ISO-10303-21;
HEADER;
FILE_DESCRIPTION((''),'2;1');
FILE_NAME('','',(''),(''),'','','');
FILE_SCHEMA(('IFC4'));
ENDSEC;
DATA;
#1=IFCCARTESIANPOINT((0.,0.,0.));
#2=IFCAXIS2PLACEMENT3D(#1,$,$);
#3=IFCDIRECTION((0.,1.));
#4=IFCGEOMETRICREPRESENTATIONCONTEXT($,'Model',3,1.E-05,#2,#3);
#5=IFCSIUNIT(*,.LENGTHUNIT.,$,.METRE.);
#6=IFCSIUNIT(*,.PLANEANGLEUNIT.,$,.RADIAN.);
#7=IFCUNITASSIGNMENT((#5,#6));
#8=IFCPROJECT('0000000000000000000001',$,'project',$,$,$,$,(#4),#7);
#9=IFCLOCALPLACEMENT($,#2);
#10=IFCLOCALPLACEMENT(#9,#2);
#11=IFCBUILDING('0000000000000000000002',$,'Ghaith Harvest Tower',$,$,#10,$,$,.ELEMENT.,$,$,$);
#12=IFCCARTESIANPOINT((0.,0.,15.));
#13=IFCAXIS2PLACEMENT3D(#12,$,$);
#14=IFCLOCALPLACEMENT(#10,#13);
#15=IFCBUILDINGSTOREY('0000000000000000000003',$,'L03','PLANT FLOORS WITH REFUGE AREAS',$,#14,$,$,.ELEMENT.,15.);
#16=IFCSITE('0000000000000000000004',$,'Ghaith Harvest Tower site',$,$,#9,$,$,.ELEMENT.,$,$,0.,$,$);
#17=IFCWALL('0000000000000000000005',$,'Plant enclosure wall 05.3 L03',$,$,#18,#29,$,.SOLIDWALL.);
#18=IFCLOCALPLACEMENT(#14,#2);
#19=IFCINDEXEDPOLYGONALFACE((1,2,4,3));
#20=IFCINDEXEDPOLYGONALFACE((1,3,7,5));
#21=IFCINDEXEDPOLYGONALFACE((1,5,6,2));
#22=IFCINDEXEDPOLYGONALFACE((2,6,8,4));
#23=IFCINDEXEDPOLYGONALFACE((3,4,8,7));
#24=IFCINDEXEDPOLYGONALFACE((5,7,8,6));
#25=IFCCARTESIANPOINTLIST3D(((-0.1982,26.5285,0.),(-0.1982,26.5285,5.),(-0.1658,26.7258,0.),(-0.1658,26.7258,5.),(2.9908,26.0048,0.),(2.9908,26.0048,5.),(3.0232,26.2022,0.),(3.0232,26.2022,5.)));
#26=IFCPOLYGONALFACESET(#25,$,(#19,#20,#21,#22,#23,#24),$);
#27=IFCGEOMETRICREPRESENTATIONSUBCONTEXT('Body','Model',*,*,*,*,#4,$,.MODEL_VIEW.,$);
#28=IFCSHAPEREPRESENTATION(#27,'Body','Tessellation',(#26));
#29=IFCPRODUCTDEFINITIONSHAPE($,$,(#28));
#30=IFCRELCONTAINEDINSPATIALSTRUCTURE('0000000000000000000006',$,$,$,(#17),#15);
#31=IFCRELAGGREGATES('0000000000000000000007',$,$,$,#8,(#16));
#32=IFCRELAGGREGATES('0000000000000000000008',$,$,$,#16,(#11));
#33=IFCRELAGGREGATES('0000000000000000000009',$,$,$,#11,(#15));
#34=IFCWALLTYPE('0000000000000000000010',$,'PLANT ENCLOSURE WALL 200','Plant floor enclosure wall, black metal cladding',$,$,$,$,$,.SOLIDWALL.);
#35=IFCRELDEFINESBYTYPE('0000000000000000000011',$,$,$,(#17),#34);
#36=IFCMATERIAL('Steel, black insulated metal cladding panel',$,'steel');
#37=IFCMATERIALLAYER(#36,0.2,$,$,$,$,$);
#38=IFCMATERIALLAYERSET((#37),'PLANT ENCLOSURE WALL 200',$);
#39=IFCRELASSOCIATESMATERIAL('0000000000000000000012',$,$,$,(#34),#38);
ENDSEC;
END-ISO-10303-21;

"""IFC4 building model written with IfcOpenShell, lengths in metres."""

from ifc_helpers import new_model, si_unit, direction, frame, frame_2d, origin, place, context, subcontext, project, spatial, rectangle, extrude, material, layer, layer_set, type_object, element, save


model = new_model("IFC4")

# Units and contexts
model_context = context("Model", 3, precision=1e-05, world=origin(), true_north=direction((0.0, 1.0)))
body_context = subcontext(model_context, "Body", "Model", "MODEL_VIEW")
ifc_project = project(units=[si_unit("LENGTHUNIT", "METRE"), si_unit("PLANEANGLEUNIT", "RADIAN")], contexts=[model_context])

# Site, building, storey
site_placement = place(None, origin())
site = spatial("IfcSite", under=ifc_project, at=site_placement, Name="Ghaith Harvest Tower site", CompositionType="ELEMENT", RefElevation=0.0)
building_placement = place(site_placement, origin())
building = spatial("IfcBuilding", under=site, at=building_placement, Name="Ghaith Harvest Tower", CompositionType="ELEMENT")
storey_placement = place(building_placement, frame((0.0, 0.0, 15.0)))
storey = spatial("IfcBuildingStorey", under=building, at=storey_placement, Name="L03", Description="PLANT FLOORS WITH REFUGE AREAS", CompositionType="ELEMENT", Elevation=15.0)

# Shared definitions
ifc_material_1 = material(Name="Steel, black insulated metal cladding panel", Category="steel")
ifc_layer_1 = layer(ifc_material_1, 0.2)
ifc_layer_set_1 = layer_set([ifc_layer_1], Name="PLANT ENCLOSURE WALL 200")
wall_type_1 = type_object("IfcWallType", Name="PLANT ENCLOSURE WALL 200", Description="Plant floor enclosure wall, black metal cladding", PredefinedType="SOLIDWALL", material=ifc_layer_set_1)

# Wall
wall_1_placement = place(storey_placement, frame((3.0068, 26.1035, 0.0), z_axis=(0.0, 0.0, 1.0), x_axis=(-0.986783, 0.162046, 0.0)))
element("IfcWall", 1, at=wall_1_placement, inside=storey, type_object=wall_type_1, Name="Plant enclosure wall 05.3 L03", PredefinedType="SOLIDWALL", context=body_context, shape_type="SweptSolid", body=[
    extrude(rectangle(XDim=3.2317, YDim=0.2, at=frame_2d((1.6157, 0.0))), origin(), (0.0, 0.0, 1.0), 5.0),
])

save(model, "model.ifc")
